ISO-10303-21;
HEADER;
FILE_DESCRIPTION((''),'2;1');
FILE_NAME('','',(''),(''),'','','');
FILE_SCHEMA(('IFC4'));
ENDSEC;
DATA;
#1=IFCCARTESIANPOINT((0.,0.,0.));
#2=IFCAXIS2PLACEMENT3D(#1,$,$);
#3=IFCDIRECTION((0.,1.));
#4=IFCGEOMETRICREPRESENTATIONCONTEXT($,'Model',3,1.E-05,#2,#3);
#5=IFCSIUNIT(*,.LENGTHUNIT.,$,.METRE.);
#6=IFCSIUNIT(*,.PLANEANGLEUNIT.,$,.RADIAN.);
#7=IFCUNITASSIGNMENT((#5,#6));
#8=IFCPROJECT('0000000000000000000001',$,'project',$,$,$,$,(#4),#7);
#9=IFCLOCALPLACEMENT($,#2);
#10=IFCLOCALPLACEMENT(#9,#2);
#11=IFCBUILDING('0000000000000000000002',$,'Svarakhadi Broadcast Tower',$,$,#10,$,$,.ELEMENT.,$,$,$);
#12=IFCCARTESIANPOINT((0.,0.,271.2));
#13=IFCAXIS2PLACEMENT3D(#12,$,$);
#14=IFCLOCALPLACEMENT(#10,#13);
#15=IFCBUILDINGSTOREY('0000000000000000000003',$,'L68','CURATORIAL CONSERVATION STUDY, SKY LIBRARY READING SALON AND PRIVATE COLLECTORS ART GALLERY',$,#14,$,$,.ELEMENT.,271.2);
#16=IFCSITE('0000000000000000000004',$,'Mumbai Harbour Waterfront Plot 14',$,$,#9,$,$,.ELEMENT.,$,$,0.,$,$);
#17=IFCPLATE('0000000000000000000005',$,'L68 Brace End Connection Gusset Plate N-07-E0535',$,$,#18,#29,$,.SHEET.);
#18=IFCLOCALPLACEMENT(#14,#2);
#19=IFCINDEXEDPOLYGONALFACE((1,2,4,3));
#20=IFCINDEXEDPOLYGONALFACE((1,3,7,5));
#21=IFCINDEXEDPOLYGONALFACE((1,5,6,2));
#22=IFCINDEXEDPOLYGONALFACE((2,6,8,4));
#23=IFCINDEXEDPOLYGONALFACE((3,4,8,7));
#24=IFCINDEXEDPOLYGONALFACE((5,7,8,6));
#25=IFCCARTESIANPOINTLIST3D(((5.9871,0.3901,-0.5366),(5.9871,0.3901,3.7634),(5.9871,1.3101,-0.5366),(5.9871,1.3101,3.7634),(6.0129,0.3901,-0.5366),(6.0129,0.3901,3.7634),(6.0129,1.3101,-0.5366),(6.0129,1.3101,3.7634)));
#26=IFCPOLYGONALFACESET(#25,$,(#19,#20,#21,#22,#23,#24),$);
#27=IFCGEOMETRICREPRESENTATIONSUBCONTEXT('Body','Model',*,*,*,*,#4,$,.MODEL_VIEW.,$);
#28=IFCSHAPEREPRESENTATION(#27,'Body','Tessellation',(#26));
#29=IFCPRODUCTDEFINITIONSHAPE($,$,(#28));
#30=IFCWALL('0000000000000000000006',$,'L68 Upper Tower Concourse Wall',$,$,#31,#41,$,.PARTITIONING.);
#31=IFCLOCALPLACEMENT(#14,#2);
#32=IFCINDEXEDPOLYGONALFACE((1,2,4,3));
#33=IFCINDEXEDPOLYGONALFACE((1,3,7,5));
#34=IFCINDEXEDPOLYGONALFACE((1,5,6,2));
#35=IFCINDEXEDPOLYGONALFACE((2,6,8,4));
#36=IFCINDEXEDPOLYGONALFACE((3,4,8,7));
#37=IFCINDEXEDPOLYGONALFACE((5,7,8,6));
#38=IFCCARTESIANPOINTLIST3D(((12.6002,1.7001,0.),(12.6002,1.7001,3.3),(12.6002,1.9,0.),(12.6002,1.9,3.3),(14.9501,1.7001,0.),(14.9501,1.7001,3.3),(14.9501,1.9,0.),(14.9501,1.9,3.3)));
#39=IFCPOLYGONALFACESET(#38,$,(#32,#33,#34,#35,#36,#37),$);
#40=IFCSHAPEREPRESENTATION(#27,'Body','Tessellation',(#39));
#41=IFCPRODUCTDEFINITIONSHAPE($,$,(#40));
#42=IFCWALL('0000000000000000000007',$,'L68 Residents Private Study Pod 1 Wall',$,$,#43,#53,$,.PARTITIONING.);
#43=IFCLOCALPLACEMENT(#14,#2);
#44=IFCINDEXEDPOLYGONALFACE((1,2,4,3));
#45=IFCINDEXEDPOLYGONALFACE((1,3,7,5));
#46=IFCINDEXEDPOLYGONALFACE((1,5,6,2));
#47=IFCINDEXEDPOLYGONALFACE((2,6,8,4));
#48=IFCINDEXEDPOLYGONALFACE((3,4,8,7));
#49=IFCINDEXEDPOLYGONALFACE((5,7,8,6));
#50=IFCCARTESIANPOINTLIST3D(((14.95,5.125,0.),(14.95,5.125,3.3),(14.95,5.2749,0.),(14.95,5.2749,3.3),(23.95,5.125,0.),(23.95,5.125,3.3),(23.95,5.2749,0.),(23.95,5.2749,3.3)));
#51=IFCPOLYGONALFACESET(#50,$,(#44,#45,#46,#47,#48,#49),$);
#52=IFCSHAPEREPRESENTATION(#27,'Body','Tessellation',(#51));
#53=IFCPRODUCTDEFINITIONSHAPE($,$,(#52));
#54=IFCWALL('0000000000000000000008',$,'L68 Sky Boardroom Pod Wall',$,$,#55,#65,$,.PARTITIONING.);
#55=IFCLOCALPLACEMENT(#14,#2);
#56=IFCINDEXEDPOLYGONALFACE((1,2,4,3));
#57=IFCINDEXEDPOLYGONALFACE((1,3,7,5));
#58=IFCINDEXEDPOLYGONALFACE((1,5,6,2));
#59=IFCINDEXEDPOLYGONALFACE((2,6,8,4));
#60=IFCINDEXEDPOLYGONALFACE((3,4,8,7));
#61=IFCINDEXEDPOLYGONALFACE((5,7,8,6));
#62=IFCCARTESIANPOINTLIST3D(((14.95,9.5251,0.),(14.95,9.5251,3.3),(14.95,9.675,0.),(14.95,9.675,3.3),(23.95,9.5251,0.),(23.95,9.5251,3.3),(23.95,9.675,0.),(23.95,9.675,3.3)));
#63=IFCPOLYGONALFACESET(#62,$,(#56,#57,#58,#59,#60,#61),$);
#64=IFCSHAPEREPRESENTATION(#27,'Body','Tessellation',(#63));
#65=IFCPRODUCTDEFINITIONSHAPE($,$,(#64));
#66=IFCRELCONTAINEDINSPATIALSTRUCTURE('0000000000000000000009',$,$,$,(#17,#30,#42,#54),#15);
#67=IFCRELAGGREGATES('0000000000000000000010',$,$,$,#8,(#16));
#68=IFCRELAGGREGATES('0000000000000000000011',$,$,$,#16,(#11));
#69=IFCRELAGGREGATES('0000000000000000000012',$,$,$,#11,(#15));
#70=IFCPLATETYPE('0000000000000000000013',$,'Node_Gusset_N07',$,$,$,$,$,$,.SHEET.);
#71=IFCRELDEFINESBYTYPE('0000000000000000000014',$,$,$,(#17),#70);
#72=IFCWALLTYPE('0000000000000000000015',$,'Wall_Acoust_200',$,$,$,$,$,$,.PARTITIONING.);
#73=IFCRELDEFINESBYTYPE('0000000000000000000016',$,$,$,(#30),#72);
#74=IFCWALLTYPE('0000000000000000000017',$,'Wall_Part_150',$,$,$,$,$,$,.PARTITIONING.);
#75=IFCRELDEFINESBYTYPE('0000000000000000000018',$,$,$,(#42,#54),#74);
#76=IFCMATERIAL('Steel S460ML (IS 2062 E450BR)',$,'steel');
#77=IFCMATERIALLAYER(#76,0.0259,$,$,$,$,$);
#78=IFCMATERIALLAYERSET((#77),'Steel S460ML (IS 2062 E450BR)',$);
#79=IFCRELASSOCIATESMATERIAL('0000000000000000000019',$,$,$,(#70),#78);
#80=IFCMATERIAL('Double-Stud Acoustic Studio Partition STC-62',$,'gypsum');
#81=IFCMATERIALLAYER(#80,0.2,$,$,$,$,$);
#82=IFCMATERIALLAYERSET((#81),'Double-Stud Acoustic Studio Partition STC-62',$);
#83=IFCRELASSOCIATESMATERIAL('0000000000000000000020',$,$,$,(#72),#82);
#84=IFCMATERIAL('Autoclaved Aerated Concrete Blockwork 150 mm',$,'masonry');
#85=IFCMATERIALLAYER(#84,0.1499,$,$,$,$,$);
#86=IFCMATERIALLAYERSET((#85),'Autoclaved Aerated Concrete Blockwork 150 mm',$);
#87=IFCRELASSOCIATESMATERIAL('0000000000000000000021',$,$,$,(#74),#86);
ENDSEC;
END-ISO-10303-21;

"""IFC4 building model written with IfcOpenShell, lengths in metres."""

from ifc_helpers import new_model, si_unit, direction, frame, frame_2d, origin, origin_2d, place, context, subcontext, project, spatial, rectangle, extrude, material, layer, layer_set, type_object, element, save


model = new_model("IFC4")

# Units and contexts
model_context = context("Model", 3, precision=1e-05, world=origin(), true_north=direction((0.0, 1.0)))
body_context = subcontext(model_context, "Body", "Model", "MODEL_VIEW")
ifc_project = project(units=[si_unit("LENGTHUNIT", "METRE"), si_unit("PLANEANGLEUNIT", "RADIAN")], contexts=[model_context])

# Site, building, storey
site_placement = place(None, origin())
site = spatial("IfcSite", under=ifc_project, at=site_placement, Name="Mumbai Harbour Waterfront Plot 14", CompositionType="ELEMENT", RefElevation=0.0)
building_placement = place(site_placement, origin())
building = spatial("IfcBuilding", under=site, at=building_placement, Name="Svarakhadi Broadcast Tower", CompositionType="ELEMENT")
storey_placement = place(building_placement, frame((0.0, 0.0, 271.2)))
storey = spatial("IfcBuildingStorey", under=building, at=storey_placement, Name="L68", Description="CURATORIAL CONSERVATION STUDY, SKY LIBRARY READING SALON AND PRIVATE COLLECTORS ART GALLERY", CompositionType="ELEMENT", Elevation=271.2)

# Shared definitions
ifc_material_1 = material(Name="Steel S460ML (IS 2062 E450BR)", Category="steel")

# Plate
ifc_layer_1 = layer(ifc_material_1, 0.0259)
ifc_layer_set_1 = layer_set([ifc_layer_1], Name="Steel S460ML (IS 2062 E450BR)")
plate_type = type_object("IfcPlateType", Name="Node_Gusset_N07", PredefinedType="SHEET", material=ifc_layer_set_1)
plate_placement = place(storey_placement, frame((6.0, 0.8501, -0.5366), z_axis=(0.0, 0.0, 1.0), x_axis=(0.0, 1.0, 0.0)))
element("IfcPlate", 1, at=plate_placement, inside=storey, type_object=plate_type, Name="L68 Brace End Connection Gusset Plate N-07-E0535", PredefinedType="SHEET", context=body_context, shape_type="SweptSolid", body=[
    extrude(rectangle(XDim=0.9199, YDim=0.0259, at=origin_2d()), origin(), (0.0, 0.0, 1.0), 4.3),
])

# Shared definitions
ifc_material_2 = material(Name="Double-Stud Acoustic Studio Partition STC-62", Category="gypsum")
ifc_layer_2 = layer(ifc_material_2, 0.2)
ifc_layer_set_2 = layer_set([ifc_layer_2], Name="Double-Stud Acoustic Studio Partition STC-62")
wall_type_1 = type_object("IfcWallType", Name="Wall_Acoust_200", PredefinedType="PARTITIONING", material=ifc_layer_set_2)

# Walls
wall_1_placement = place(storey_placement, frame((14.95, 1.8, 0.0), z_axis=(0.0, 0.0, 1.0), x_axis=(-1.0, 0.0, 0.0)))
element("IfcWall", 2, at=wall_1_placement, inside=storey, type_object=wall_type_1, Name="L68 Upper Tower Concourse Wall", PredefinedType="PARTITIONING", context=body_context, shape_type="SweptSolid", body=[
    extrude(rectangle(XDim=2.3499, YDim=0.2, at=frame_2d((1.1748, 0.0))), origin(), (0.0, 0.0, 1.0), 3.3),
])
ifc_material_3 = material(Name="Autoclaved Aerated Concrete Blockwork 150 mm", Category="masonry")
ifc_layer_3 = layer(ifc_material_3, 0.1499)
ifc_layer_set_3 = layer_set([ifc_layer_3], Name="Autoclaved Aerated Concrete Blockwork 150 mm")
wall_type_2 = type_object("IfcWallType", Name="Wall_Part_150", PredefinedType="PARTITIONING", material=ifc_layer_set_3)
for number, where, z_axis, x_axis, name in (
    (3, (14.95, 5.2, 0.0), (0.0, 0.0, 1.0), (1.0, 0.0, 0.0), "L68 Residents Private Study Pod 1 Wall"),
    (4, (14.95, 9.6001, 0.0), (0.0, 0.0, 1.0), (1.0, 0.0, 0.0), "L68 Sky Boardroom Pod Wall"),
):
    element("IfcWall", number, at=place(storey_placement, frame(where, z_axis=z_axis, x_axis=x_axis)), inside=storey, type_object=wall_type_2, Name=name, PredefinedType="PARTITIONING", context=body_context, shape_type="SweptSolid", body=[
        extrude(rectangle(XDim=9.0, YDim=0.1499, at=frame_2d((4.5, 0.0))), origin(), (0.0, 0.0, 1.0), 3.3),
    ])

save(model, "model.ifc")
